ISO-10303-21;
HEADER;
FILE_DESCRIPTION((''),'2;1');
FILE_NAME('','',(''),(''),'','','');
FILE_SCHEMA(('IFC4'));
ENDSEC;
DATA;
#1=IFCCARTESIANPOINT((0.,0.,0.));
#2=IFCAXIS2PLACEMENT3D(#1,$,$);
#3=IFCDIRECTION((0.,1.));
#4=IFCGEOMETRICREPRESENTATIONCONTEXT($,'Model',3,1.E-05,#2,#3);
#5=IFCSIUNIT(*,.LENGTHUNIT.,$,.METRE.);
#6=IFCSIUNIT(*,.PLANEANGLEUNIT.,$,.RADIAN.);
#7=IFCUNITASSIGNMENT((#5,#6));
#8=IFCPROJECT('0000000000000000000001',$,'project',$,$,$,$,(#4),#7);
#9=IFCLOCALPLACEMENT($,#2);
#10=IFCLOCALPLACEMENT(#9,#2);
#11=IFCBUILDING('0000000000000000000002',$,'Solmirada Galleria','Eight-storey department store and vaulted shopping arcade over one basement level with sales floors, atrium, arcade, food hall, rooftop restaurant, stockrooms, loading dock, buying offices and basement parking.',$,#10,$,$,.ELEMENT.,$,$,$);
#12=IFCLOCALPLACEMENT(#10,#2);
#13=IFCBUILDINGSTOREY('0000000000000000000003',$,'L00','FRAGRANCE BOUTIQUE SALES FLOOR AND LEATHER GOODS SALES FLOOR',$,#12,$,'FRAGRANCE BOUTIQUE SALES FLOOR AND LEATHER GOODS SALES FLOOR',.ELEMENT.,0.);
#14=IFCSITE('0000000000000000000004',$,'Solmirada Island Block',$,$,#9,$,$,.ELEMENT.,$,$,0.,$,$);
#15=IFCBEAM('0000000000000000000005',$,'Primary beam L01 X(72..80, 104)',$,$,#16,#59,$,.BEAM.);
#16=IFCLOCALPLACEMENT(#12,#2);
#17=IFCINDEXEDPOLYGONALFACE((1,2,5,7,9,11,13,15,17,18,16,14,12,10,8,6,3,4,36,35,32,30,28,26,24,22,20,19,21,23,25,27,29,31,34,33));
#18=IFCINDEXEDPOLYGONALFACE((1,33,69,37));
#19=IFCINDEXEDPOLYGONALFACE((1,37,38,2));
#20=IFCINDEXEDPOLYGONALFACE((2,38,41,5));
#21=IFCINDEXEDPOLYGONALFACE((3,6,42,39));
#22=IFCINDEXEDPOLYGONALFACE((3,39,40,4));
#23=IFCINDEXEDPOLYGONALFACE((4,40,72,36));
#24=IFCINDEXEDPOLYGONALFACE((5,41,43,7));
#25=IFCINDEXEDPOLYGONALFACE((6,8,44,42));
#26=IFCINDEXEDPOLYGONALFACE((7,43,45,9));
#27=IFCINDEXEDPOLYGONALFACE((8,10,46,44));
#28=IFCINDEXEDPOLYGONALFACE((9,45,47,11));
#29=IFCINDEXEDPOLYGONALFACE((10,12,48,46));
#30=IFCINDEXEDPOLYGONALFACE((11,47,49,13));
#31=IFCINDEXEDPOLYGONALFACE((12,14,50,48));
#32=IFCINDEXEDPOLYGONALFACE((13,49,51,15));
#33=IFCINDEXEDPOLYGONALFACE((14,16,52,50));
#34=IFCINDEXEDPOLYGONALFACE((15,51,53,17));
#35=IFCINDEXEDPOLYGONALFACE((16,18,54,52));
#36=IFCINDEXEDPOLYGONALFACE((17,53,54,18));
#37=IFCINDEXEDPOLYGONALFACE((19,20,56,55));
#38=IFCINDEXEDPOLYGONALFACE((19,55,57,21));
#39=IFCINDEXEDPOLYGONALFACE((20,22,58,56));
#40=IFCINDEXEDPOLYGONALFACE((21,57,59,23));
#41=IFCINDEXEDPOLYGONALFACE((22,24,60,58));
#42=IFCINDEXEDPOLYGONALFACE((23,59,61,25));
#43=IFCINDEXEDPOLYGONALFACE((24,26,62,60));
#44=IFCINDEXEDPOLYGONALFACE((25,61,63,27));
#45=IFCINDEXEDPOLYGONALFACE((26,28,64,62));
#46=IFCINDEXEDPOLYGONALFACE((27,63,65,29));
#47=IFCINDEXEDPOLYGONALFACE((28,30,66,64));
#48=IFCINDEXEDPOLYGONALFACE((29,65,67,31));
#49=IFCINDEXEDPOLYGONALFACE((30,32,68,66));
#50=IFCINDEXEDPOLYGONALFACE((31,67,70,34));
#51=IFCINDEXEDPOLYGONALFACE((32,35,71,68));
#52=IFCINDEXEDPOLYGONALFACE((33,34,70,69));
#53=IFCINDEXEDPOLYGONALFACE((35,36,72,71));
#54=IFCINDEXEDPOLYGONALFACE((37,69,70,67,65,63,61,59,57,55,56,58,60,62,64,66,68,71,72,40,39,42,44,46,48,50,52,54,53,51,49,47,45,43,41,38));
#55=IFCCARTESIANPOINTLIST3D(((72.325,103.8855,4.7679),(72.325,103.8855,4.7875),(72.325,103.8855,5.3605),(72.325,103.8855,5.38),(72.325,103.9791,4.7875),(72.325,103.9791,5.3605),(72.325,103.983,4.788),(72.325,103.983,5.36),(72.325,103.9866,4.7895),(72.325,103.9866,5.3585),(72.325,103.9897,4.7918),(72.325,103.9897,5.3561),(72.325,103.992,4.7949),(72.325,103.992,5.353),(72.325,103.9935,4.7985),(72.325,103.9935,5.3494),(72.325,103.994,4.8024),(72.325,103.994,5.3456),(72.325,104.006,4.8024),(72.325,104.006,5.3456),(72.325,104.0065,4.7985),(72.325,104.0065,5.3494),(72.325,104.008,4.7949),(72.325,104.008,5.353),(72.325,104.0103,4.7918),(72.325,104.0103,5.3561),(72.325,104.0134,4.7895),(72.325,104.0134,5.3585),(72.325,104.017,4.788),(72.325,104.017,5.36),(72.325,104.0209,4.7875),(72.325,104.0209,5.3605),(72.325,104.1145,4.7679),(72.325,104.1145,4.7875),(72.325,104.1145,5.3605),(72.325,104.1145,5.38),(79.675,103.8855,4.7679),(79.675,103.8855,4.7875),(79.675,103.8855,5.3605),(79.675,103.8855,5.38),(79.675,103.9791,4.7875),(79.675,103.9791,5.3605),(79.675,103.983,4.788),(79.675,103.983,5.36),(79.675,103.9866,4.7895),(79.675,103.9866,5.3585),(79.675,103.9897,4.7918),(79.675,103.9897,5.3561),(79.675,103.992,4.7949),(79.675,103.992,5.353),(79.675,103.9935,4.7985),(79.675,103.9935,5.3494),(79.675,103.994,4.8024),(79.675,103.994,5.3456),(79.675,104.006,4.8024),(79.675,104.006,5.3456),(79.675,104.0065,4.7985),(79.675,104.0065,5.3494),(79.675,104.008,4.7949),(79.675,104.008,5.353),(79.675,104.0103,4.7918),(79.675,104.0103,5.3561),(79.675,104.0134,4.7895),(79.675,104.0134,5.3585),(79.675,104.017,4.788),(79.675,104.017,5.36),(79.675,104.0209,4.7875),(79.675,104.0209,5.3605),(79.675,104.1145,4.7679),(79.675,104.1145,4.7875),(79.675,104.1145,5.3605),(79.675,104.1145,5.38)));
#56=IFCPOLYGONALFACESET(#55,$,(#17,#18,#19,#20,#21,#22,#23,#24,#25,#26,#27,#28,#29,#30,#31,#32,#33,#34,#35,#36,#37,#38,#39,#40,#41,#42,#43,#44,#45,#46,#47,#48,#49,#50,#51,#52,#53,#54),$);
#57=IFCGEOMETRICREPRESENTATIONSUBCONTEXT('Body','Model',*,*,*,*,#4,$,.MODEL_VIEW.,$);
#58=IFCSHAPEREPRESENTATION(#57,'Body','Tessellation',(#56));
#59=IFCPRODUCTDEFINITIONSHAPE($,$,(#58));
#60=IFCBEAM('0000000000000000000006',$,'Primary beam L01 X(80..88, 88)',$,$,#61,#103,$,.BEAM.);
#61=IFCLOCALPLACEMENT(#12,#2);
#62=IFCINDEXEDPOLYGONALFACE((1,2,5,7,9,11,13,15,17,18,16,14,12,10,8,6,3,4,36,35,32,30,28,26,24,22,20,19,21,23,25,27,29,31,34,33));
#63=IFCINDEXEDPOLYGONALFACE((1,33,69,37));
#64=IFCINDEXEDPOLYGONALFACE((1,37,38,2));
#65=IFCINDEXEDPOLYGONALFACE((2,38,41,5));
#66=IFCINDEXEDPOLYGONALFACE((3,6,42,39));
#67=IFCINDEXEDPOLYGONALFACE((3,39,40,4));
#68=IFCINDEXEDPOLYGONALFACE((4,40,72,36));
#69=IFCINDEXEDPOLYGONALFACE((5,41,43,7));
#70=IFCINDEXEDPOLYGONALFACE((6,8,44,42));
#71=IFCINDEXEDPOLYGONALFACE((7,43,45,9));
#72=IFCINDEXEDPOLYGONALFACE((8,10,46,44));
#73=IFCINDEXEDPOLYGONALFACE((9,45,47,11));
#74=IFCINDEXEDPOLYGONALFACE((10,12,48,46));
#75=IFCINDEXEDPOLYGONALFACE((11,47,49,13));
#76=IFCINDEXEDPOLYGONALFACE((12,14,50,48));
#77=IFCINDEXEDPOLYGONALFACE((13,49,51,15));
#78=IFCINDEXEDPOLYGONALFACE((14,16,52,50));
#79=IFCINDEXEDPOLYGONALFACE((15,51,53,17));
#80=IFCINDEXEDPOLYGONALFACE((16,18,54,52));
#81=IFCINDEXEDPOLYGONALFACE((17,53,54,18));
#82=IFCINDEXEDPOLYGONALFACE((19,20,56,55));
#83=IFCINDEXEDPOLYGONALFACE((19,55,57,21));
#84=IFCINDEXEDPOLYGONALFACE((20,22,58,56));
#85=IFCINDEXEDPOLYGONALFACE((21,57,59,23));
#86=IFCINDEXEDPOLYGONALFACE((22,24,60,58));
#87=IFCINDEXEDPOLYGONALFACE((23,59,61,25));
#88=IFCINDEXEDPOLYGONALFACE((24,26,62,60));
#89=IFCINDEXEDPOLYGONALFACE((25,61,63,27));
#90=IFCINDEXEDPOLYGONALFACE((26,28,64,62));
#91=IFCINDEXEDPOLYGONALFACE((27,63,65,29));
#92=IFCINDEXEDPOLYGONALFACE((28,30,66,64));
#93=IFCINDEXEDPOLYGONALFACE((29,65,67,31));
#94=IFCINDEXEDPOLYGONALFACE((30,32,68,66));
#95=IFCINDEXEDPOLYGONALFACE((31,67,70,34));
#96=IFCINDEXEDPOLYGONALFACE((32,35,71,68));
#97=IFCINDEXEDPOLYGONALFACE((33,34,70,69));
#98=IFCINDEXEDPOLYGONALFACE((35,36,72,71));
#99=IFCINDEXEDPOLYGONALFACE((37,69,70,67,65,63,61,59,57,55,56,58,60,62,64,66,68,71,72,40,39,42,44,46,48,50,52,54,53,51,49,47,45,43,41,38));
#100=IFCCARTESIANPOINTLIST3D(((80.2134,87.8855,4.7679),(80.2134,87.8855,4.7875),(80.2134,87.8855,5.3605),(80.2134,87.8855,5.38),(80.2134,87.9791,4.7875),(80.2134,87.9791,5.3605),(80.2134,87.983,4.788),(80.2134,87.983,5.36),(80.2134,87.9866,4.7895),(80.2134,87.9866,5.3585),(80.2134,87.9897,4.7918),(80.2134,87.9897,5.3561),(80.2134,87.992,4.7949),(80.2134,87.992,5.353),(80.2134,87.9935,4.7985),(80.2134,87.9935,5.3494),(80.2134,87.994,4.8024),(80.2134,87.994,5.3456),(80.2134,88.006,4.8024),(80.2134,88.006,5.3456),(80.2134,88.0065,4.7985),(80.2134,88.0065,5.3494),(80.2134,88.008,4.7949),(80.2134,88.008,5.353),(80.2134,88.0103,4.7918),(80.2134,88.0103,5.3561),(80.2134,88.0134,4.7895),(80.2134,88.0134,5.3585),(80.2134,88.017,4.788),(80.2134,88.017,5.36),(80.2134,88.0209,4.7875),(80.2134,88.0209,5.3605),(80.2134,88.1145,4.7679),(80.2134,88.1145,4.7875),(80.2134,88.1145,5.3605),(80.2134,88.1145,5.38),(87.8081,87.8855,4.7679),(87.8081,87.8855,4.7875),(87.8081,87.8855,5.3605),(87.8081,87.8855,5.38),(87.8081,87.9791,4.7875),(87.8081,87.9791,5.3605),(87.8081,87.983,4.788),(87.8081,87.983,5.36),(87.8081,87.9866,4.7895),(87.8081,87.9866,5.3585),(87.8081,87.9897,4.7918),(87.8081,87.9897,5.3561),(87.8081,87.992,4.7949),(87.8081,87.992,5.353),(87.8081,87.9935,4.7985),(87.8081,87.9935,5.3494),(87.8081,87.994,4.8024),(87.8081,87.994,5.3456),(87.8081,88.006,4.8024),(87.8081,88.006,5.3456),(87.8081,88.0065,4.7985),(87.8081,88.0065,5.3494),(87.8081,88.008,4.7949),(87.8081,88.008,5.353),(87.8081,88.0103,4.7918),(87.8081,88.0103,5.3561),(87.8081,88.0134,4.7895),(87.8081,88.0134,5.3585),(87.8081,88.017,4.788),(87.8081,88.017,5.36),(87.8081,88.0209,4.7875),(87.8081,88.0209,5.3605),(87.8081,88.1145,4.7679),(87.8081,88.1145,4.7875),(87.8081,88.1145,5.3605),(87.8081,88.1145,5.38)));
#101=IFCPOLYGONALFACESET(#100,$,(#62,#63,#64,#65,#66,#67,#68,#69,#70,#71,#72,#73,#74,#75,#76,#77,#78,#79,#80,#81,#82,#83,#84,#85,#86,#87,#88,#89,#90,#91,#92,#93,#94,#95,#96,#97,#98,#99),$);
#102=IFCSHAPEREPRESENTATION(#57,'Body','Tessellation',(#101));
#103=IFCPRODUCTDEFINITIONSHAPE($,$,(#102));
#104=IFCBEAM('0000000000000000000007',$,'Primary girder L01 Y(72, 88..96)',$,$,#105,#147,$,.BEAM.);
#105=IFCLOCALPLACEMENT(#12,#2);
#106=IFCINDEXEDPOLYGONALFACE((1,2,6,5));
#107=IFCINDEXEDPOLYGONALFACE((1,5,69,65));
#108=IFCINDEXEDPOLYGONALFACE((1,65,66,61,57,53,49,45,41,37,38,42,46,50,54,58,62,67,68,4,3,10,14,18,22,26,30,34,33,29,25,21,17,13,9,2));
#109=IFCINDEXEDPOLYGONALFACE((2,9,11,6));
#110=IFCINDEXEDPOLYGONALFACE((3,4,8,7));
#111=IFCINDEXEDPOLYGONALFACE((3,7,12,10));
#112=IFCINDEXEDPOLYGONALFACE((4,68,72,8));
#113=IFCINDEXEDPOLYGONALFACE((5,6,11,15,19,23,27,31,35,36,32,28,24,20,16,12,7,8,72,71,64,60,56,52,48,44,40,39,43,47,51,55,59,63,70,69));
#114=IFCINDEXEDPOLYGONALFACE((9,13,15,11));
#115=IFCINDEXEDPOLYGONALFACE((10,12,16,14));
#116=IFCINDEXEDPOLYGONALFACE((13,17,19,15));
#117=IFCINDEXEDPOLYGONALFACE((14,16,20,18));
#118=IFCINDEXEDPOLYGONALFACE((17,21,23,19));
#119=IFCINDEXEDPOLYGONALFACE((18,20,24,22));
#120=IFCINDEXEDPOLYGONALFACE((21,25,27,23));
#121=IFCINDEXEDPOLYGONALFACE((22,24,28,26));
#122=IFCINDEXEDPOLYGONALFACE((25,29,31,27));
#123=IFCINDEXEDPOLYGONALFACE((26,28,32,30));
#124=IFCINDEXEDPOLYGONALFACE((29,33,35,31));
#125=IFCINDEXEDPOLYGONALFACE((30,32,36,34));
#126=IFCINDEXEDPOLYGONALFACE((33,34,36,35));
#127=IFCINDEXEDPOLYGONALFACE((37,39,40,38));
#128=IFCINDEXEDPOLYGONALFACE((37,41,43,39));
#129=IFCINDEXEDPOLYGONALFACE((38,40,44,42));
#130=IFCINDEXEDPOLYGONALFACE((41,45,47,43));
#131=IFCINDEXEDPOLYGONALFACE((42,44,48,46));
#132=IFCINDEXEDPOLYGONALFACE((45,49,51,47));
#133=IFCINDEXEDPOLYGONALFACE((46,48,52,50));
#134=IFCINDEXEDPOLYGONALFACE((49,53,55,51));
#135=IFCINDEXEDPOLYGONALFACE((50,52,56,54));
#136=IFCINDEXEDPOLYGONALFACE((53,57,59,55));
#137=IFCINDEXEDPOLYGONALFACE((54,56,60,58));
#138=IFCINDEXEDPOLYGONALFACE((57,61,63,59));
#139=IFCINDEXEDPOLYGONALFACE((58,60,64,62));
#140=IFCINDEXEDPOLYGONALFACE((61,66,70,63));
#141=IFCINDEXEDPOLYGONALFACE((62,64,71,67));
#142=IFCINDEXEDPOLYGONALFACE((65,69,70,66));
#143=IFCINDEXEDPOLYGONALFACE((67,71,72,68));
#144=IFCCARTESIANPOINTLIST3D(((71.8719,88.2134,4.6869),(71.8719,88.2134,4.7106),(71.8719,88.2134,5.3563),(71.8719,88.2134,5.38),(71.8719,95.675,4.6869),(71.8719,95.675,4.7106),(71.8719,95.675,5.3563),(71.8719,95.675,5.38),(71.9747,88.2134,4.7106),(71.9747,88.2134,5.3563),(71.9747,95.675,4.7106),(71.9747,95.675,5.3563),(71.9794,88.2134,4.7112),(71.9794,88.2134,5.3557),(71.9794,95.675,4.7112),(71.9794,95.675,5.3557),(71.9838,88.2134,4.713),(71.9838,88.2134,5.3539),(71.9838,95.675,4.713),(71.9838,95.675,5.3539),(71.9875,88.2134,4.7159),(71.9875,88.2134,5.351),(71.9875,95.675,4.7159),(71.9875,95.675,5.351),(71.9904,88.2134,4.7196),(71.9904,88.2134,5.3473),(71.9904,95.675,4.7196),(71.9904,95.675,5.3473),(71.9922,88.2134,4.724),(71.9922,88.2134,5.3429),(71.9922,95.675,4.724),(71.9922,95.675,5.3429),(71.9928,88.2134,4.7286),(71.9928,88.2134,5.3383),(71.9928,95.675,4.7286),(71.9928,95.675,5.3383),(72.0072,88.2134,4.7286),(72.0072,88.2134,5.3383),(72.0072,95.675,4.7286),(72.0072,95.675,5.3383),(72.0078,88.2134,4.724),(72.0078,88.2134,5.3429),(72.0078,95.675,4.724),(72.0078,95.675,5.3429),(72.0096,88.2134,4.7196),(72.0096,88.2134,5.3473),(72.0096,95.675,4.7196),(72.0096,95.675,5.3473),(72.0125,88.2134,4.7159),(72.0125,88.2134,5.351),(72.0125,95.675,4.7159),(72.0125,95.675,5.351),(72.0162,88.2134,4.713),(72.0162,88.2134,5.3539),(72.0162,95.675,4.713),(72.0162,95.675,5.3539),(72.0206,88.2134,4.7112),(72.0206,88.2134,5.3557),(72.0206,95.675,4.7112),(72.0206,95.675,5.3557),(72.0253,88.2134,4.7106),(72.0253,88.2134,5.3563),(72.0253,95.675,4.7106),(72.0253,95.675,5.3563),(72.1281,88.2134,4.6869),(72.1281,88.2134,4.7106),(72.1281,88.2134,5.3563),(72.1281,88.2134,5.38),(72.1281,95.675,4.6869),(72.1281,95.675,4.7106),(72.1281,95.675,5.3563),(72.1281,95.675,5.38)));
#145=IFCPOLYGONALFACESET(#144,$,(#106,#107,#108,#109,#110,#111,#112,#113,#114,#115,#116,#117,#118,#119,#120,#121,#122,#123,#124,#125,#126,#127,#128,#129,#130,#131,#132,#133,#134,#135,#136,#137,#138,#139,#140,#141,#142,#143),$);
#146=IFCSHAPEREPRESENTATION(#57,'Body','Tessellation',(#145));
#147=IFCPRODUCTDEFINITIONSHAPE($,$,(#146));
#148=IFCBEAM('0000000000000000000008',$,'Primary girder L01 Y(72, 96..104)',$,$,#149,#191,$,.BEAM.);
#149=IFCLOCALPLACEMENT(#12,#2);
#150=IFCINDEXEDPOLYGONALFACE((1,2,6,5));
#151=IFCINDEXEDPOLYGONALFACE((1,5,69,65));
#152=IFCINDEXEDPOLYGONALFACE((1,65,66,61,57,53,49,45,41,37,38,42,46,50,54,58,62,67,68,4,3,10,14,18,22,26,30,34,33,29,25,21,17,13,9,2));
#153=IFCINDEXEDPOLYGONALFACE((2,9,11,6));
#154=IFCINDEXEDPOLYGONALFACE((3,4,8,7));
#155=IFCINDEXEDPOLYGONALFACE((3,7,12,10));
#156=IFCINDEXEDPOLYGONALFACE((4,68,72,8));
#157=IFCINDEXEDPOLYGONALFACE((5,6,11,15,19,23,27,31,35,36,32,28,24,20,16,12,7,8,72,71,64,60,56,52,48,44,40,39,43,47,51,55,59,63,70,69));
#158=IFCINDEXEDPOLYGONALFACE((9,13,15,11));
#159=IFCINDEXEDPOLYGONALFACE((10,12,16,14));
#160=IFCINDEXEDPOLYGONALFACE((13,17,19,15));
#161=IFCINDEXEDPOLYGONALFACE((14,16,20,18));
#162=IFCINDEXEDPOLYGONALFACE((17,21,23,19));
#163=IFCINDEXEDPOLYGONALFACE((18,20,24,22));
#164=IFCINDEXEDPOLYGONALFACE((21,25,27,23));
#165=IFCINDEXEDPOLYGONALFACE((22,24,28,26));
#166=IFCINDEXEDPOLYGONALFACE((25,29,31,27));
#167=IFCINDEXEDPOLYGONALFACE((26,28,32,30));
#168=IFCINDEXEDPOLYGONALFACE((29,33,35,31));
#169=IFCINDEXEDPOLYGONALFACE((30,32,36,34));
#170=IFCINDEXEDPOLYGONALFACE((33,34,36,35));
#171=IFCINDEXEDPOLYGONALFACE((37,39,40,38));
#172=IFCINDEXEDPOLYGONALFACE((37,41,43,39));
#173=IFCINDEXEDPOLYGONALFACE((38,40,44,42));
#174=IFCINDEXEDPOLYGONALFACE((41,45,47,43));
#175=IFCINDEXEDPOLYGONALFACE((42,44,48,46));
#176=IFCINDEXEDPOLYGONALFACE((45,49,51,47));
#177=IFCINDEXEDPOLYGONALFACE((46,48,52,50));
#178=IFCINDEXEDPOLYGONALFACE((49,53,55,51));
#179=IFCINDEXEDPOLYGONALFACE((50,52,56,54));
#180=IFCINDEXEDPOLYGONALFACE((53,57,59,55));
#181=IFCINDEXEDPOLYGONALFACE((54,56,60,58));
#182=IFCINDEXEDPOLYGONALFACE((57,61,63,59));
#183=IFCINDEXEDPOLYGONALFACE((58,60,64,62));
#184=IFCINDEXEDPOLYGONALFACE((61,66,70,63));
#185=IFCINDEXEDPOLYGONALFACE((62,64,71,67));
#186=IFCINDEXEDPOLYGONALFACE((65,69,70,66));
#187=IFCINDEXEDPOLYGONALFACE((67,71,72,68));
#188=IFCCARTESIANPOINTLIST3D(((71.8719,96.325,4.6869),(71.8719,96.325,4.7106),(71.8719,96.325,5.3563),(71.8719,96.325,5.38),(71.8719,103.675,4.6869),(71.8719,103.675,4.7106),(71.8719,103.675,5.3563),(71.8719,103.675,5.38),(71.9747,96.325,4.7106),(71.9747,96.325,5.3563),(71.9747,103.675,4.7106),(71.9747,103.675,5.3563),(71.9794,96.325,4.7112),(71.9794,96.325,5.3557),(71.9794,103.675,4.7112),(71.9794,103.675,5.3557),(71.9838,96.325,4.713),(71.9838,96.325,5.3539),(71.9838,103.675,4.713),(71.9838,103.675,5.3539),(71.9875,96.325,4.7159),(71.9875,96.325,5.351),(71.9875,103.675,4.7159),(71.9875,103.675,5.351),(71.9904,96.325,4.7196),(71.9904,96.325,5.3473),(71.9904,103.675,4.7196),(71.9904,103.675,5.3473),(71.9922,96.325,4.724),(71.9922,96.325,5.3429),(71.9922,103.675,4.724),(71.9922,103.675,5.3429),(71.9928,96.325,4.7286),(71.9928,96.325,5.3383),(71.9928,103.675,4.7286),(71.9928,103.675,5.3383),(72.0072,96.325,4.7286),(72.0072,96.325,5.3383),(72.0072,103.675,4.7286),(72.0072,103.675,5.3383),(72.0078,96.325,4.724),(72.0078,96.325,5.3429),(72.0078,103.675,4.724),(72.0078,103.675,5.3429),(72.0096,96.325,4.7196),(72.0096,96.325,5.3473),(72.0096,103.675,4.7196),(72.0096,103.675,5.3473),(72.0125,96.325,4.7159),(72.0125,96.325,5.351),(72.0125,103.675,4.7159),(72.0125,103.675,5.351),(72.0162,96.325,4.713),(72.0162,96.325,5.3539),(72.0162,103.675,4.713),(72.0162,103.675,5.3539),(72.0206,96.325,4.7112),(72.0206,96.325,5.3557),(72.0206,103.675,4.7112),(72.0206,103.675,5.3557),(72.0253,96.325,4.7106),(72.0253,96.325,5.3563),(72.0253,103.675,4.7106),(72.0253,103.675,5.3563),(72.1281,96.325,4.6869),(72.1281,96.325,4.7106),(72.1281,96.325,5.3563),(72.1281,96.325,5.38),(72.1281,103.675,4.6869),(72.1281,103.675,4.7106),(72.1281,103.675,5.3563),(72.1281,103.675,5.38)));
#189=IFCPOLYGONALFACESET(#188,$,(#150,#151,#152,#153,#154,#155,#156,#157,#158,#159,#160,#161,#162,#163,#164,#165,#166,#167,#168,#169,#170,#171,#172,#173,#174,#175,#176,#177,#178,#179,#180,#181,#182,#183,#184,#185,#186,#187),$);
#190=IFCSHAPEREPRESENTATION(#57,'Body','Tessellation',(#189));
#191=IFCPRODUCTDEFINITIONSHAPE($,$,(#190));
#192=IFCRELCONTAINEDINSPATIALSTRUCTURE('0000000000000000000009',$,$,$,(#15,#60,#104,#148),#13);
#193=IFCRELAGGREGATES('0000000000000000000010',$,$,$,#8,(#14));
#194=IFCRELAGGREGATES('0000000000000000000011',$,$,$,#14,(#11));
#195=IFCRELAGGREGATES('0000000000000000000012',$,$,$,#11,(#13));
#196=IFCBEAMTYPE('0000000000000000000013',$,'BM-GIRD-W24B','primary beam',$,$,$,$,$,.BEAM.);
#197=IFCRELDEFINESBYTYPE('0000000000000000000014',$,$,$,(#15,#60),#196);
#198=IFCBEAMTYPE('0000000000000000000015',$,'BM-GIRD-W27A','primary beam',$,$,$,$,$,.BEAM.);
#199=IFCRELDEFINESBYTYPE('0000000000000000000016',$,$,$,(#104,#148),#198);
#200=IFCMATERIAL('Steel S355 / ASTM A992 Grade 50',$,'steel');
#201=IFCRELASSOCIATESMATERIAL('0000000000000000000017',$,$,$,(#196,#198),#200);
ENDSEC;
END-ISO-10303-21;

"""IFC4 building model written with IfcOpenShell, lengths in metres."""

from ifc_helpers import new_model, si_unit, direction, frame, origin, origin_2d, place, context, subcontext, project, spatial, i_section, extrude, material, material_profile, profile_set, type_object, element, save


model = new_model("IFC4")

# Units and contexts
model_context = context("Model", 3, precision=1e-05, world=origin(), true_north=direction((0.0, 1.0)))
body_context = subcontext(model_context, "Body", "Model", "MODEL_VIEW")
ifc_project = project(units=[si_unit("LENGTHUNIT", "METRE"), si_unit("PLANEANGLEUNIT", "RADIAN")], contexts=[model_context])

# Site, building, storey
site_placement = place(None, origin())
site = spatial("IfcSite", under=ifc_project, at=site_placement, Name="Solmirada Island Block", CompositionType="ELEMENT", RefElevation=0.0)
building_placement = place(site_placement, origin())
building = spatial("IfcBuilding", under=site, at=building_placement, Name="Solmirada Galleria", Description="Eight-storey department store and vaulted shopping arcade over one basement level with sales floors, atrium, arcade, food hall, rooftop restaurant, stockrooms, loading dock, buying offices and basement parking.", CompositionType="ELEMENT")
storey_placement = place(building_placement, origin())
storey = spatial("IfcBuildingStorey", under=building, at=storey_placement, Name="L00", Description="FRAGRANCE BOUTIQUE SALES FLOOR AND LEATHER GOODS SALES FLOOR", LongName="FRAGRANCE BOUTIQUE SALES FLOOR AND LEATHER GOODS SALES FLOOR", CompositionType="ELEMENT", Elevation=0.0)

# Beams
ifc_material_1 = material(Name="Steel S355 / ASTM A992 Grade 50", Category="steel")
ifc_material_profile_1 = material_profile(ifc_material_1, i_section(OverallWidth=0.229, OverallDepth=0.6121, WebThickness=0.012, FlangeThickness=0.0195, FilletRadius=0.0149, at=origin_2d()), Name="W24X84")
ifc_profile_set_1 = profile_set([ifc_material_profile_1], Name="Steel S355 / ASTM A992 Grade 50")
beam_type_1 = type_object("IfcBeamType", Name="BM-GIRD-W24B", Description="primary beam", PredefinedType="BEAM", material=ifc_profile_set_1)
for number, where, z_axis, x_axis, name in (
    (1, (72.325, 104.0, 5.074), (1.0, 0.0, 0.0), (0.0, 1.0, 0.0), "Primary beam L01 X(72..80, 104)"),
):
    element("IfcBeam", number, at=place(storey_placement, frame(where, z_axis=z_axis, x_axis=x_axis)), inside=storey, type_object=beam_type_1, Name=name, PredefinedType="BEAM", context=body_context, shape_type="SweptSolid", body=[
        extrude(i_section(OverallWidth=0.229, OverallDepth=0.6121, WebThickness=0.012, FlangeThickness=0.0195, FilletRadius=0.0149, at=origin_2d()), origin(), (0.0, 0.0, 1.0), 7.3501),
    ])
beam_1_placement = place(storey_placement, frame((80.2134, 88.0, 5.074), z_axis=(1.0, 0.0, 0.0), x_axis=(0.0, 1.0, 0.0)))
element("IfcBeam", 2, at=beam_1_placement, inside=storey, type_object=beam_type_1, Name="Primary beam L01 X(80..88, 88)", PredefinedType="BEAM", context=body_context, shape_type="SweptSolid", body=[
    extrude(i_section(OverallWidth=0.229, OverallDepth=0.6121, WebThickness=0.012, FlangeThickness=0.0195, FilletRadius=0.0149, at=origin_2d()), origin(), (0.0, 0.0, 1.0), 7.5947),
])
ifc_material_profile_2 = material_profile(ifc_material_1, i_section(OverallWidth=0.2561, OverallDepth=0.6931, WebThickness=0.0144, FlangeThickness=0.0237, FilletRadius=0.0181, at=origin_2d()), Name="W27X114")
ifc_profile_set_2 = profile_set([ifc_material_profile_2], Name="Steel S355 / ASTM A992 Grade 50")
beam_type_2 = type_object("IfcBeamType", Name="BM-GIRD-W27A", Description="primary beam", PredefinedType="BEAM", material=ifc_profile_set_2)
beam_2_placement = place(storey_placement, frame((72.0, 88.2134, 5.0334), z_axis=(0.0, 1.0, 0.0), x_axis=(-1.0, 0.0, 0.0)))
element("IfcBeam", 3, at=beam_2_placement, inside=storey, type_object=beam_type_2, Name="Primary girder L01 Y(72, 88..96)", PredefinedType="BEAM", context=body_context, shape_type="SweptSolid", body=[
    extrude(i_section(OverallWidth=0.2561, OverallDepth=0.6931, WebThickness=0.0144, FlangeThickness=0.0237, FilletRadius=0.0181, at=origin_2d()), origin(), (0.0, 0.0, 1.0), 7.4617),
])
beam_3_placement = place(storey_placement, frame((72.0, 96.325, 5.0334), z_axis=(0.0, 1.0, 0.0), x_axis=(-1.0, 0.0, 0.0)))
element("IfcBeam", 4, at=beam_3_placement, inside=storey, type_object=beam_type_2, Name="Primary girder L01 Y(72, 96..104)", PredefinedType="BEAM", context=body_context, shape_type="SweptSolid", body=[
    extrude(i_section(OverallWidth=0.2561, OverallDepth=0.6931, WebThickness=0.0144, FlangeThickness=0.0237, FilletRadius=0.0181, at=origin_2d()), origin(), (0.0, 0.0, 1.0), 7.3501),
])

save(model, "model.ifc")
